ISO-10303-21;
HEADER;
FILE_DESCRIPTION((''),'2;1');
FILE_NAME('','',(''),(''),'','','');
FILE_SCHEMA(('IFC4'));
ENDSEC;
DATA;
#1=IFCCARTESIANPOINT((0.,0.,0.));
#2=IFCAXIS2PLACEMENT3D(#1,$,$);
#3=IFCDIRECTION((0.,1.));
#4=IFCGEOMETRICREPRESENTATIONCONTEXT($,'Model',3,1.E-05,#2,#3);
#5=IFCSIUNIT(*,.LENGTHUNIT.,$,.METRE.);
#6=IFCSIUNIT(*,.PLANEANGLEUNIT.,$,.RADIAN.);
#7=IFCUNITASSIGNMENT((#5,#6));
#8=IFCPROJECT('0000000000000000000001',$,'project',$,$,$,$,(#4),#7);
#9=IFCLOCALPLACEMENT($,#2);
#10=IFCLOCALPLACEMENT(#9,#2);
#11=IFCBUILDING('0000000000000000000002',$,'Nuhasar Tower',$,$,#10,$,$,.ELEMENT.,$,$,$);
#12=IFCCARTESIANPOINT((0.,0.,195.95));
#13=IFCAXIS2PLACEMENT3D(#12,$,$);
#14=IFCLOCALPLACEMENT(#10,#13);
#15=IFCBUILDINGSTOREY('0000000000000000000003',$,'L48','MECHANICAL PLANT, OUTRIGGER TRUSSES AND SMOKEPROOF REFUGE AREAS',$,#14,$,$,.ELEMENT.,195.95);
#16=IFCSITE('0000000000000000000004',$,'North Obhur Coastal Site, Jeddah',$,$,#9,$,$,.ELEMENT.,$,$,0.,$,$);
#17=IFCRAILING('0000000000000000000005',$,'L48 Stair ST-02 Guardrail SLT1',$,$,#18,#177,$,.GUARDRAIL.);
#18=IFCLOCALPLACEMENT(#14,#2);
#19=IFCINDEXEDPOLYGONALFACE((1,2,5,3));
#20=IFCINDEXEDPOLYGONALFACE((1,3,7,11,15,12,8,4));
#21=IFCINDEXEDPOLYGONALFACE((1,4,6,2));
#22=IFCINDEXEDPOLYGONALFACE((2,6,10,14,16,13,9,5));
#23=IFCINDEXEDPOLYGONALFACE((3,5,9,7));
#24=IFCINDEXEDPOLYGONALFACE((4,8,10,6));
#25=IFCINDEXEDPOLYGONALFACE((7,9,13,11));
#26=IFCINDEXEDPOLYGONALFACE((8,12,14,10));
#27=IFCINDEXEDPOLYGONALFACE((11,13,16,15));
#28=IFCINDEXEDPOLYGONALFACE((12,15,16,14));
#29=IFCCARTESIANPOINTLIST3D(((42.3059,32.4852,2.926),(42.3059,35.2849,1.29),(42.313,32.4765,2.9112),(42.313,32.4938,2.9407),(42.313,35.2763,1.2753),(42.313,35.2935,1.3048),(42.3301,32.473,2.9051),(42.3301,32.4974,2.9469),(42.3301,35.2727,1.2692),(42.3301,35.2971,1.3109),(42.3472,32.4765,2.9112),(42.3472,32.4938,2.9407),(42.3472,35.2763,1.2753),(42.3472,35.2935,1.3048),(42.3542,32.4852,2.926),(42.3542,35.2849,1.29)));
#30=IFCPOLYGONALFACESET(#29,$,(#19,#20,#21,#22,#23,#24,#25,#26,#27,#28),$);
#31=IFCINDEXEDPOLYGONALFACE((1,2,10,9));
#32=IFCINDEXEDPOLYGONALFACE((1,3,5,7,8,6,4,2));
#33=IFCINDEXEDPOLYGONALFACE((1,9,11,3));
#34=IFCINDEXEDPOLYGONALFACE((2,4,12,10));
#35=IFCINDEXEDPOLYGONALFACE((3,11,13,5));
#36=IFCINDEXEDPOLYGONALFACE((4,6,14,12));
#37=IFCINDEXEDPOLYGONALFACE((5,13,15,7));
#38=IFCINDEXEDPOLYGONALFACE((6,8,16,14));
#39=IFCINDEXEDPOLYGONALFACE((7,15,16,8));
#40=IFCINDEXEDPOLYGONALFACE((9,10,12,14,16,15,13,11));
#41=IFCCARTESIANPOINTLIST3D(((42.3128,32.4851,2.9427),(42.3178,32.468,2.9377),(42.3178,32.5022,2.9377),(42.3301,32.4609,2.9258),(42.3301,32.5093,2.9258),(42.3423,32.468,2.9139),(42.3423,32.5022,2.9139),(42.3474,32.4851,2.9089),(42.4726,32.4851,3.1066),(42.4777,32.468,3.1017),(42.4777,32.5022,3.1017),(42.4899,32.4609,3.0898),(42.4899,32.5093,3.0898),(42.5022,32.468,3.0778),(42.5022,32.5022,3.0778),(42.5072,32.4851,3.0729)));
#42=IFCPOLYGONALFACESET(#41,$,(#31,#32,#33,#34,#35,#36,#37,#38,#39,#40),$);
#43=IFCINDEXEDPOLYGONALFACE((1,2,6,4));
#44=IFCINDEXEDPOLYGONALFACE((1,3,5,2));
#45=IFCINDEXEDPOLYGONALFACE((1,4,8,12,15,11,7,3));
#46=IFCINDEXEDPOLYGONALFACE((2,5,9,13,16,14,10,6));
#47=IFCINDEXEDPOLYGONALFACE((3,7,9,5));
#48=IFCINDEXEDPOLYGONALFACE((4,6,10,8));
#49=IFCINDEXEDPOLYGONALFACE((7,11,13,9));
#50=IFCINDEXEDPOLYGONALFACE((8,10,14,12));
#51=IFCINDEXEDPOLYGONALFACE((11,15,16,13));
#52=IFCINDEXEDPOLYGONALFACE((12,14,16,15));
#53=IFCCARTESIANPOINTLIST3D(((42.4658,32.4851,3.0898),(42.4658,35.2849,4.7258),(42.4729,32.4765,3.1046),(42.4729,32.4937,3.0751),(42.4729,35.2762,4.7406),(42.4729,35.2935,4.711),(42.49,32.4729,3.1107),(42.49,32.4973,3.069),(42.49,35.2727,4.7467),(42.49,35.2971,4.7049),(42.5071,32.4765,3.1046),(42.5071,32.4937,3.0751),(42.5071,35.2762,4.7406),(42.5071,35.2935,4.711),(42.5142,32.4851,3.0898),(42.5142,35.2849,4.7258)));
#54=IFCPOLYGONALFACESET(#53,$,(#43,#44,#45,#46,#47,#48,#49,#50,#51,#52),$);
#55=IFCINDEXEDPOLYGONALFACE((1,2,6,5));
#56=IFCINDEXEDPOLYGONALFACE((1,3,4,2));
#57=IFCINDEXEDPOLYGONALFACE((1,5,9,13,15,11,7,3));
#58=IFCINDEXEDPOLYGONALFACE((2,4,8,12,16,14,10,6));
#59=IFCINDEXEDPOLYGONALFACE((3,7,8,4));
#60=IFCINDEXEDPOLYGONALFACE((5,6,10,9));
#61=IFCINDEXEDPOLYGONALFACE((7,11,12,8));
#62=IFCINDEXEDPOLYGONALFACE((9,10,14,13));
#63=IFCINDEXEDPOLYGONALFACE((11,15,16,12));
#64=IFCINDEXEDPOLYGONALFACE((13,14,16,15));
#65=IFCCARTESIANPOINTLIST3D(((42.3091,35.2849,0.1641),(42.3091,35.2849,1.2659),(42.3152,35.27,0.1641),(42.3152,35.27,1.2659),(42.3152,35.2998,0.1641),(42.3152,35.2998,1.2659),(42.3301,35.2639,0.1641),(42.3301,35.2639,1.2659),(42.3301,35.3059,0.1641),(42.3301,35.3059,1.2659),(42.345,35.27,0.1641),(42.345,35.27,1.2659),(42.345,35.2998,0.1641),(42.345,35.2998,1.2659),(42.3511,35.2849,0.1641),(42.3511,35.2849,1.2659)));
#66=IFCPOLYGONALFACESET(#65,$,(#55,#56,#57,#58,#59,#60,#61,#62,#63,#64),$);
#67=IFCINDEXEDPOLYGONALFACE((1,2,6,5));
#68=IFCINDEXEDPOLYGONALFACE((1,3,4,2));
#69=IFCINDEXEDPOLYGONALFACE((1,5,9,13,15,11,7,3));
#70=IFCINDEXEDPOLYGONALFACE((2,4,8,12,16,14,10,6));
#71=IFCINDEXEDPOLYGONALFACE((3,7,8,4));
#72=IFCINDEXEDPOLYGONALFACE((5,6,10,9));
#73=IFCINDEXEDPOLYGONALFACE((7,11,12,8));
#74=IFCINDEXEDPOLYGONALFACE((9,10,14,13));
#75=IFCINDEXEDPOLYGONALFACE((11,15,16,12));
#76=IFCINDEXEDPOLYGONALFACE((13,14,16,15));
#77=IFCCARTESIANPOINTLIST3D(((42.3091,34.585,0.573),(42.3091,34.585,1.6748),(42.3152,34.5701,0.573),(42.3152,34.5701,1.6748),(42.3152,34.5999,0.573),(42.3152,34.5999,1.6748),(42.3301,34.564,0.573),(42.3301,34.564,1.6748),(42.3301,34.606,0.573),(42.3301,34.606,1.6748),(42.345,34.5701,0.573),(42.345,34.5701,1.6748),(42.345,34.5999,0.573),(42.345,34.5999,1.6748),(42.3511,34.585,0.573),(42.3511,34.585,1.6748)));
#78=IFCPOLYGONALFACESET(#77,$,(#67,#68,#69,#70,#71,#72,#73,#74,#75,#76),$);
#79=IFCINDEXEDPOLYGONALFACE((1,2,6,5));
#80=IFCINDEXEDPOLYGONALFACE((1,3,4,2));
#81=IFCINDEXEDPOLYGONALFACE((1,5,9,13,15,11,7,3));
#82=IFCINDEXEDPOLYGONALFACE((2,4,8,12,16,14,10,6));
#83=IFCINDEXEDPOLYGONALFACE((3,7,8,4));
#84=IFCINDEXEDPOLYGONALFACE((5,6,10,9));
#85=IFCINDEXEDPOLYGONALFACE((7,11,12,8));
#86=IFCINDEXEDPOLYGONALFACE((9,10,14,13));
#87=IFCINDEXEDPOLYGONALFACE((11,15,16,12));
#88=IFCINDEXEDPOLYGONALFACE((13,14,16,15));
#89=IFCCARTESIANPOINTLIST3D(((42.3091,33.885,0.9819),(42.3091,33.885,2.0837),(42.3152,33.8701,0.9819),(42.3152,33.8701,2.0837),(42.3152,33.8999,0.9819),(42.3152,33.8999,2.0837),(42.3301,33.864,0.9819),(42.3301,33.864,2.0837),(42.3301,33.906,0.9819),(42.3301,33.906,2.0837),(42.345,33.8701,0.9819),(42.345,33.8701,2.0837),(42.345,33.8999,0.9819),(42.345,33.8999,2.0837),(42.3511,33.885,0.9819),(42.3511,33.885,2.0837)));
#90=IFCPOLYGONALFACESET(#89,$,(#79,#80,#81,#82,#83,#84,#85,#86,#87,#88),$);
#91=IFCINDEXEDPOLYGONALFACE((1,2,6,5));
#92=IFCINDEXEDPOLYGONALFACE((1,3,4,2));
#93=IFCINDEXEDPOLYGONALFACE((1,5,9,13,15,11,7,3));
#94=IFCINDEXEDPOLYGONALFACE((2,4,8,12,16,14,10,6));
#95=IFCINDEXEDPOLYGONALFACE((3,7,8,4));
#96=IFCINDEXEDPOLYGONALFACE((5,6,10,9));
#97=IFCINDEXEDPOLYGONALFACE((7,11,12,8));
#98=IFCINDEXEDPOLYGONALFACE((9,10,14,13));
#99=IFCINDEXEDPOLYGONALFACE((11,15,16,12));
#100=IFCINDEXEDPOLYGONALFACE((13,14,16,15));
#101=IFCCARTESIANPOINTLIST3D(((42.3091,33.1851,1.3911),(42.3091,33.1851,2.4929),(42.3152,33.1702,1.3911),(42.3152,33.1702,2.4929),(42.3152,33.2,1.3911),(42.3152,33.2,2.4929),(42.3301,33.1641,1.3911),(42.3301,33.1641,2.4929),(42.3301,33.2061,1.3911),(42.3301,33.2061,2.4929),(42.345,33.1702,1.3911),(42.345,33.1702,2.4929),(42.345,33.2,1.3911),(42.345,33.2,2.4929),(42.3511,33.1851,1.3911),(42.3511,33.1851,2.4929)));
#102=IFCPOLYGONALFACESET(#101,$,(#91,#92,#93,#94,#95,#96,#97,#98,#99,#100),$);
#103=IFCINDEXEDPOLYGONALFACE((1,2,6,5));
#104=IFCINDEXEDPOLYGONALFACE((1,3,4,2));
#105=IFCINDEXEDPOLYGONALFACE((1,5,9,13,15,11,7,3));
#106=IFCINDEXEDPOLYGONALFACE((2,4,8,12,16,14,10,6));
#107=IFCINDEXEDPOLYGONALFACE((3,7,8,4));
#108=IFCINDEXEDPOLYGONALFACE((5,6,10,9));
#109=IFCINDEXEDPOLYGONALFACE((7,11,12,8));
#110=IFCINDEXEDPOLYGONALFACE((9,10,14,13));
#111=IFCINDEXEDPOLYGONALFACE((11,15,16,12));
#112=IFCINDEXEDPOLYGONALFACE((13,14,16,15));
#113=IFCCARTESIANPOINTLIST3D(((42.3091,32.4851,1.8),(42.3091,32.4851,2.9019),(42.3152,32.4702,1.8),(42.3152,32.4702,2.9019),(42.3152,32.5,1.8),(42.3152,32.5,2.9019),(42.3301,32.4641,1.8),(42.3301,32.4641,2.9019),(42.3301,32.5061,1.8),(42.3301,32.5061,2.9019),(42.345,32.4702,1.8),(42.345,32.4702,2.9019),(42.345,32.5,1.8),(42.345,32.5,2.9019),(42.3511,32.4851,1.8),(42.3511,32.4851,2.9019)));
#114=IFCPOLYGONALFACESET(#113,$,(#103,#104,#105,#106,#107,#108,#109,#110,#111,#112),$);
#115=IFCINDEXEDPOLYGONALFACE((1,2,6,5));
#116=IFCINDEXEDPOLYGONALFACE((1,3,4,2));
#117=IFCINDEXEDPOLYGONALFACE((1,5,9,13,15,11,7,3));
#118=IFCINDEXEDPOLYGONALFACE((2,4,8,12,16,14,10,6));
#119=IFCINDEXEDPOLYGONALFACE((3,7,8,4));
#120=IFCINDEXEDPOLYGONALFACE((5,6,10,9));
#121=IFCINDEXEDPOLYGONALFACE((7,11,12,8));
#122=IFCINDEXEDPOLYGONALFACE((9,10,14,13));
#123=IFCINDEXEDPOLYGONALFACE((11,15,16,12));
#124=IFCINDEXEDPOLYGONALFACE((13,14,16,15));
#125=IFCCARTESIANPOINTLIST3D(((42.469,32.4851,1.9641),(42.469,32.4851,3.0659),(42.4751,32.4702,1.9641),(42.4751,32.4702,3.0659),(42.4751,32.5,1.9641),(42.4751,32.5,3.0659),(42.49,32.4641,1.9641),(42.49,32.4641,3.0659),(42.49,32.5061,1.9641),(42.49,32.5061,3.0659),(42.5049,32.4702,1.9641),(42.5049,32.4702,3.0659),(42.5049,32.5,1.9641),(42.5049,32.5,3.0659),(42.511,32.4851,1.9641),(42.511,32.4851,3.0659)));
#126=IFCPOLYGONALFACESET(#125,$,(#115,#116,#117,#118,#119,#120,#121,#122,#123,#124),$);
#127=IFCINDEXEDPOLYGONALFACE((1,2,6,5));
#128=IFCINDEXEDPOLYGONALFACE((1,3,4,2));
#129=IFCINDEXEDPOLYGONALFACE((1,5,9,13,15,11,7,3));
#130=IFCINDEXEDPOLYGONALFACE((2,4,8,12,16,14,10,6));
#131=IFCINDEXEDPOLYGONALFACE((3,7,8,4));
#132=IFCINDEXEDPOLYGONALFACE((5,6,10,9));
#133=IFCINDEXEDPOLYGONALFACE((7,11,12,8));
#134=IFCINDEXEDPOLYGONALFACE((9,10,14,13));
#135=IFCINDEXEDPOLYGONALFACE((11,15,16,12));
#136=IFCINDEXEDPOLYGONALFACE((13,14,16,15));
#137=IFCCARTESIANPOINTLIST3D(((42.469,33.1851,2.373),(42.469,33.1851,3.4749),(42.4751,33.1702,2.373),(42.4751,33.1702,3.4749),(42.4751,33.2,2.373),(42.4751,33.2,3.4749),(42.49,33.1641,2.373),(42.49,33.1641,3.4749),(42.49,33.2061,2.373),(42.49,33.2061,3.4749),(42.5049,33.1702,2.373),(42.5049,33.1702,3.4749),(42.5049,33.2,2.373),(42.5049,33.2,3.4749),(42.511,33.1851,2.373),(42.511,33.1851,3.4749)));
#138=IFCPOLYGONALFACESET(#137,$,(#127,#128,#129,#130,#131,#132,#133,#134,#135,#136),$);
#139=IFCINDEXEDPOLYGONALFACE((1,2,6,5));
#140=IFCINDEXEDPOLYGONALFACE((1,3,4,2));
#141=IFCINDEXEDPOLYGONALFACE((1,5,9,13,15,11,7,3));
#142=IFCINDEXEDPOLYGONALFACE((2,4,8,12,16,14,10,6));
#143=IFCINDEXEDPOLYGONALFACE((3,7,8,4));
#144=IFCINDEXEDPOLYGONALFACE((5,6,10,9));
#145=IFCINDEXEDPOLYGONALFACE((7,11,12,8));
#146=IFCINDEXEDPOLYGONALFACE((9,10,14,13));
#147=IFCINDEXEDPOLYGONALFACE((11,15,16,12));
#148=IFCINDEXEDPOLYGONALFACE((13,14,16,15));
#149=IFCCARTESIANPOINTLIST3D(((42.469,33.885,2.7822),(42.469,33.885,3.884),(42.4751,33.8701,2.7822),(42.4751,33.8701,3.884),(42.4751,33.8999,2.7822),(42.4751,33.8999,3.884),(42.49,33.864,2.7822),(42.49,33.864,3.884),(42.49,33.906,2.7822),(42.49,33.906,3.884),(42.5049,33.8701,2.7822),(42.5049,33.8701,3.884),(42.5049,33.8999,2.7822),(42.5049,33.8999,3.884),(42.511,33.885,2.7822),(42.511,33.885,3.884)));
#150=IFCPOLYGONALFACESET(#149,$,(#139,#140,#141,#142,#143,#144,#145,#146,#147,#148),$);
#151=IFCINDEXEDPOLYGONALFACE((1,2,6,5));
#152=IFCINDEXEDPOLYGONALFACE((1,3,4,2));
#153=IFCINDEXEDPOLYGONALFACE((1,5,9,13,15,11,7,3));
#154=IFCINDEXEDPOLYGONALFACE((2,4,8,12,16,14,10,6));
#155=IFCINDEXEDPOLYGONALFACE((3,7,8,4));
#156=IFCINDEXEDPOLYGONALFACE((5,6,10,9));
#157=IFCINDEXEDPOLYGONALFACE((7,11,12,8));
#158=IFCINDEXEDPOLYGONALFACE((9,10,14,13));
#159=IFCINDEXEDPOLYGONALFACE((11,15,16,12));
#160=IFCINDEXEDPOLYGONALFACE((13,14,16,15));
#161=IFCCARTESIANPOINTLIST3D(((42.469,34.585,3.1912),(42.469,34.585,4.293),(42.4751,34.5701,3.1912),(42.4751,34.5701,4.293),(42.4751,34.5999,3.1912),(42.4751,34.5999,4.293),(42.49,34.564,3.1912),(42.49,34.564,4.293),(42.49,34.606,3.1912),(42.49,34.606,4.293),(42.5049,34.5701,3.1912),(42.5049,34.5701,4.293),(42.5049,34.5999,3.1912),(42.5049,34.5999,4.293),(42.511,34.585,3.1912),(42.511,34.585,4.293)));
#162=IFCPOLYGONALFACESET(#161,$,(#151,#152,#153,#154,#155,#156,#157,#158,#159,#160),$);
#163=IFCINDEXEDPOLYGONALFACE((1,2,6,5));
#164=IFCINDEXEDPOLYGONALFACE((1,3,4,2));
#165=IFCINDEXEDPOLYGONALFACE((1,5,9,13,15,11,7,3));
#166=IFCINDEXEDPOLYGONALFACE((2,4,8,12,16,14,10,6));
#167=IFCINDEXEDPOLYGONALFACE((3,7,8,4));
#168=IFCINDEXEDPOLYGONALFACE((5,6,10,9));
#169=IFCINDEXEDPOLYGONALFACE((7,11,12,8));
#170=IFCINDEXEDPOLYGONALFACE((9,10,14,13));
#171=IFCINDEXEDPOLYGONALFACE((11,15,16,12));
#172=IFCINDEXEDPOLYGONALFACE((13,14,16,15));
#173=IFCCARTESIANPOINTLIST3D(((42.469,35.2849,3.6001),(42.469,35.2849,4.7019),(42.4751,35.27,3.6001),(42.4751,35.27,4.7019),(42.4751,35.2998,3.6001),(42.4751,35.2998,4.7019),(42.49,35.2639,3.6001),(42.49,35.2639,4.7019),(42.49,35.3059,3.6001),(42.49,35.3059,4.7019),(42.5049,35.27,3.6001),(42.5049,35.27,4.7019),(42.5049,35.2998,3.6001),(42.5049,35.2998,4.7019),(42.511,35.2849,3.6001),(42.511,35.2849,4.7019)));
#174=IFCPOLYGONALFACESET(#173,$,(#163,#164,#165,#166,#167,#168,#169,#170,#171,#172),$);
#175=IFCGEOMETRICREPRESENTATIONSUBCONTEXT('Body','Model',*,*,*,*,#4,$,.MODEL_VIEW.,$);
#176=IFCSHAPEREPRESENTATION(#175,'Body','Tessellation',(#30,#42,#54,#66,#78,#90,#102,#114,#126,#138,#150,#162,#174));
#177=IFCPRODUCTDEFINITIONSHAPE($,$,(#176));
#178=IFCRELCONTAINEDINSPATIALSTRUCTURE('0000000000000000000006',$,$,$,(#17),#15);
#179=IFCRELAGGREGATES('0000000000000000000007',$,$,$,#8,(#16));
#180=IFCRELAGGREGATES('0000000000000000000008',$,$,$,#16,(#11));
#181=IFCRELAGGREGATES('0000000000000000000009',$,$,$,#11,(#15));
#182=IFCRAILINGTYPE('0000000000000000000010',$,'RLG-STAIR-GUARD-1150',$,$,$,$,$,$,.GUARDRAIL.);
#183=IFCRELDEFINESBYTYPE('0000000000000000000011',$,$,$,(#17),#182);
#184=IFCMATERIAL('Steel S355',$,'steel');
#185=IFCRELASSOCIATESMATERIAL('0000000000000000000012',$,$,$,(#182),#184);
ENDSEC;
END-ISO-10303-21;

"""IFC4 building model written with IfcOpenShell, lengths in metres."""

from ifc_helpers import new_model, si_unit, direction, frame, origin, place, context, subcontext, project, spatial, polyline, outline, extrude, material, type_object, element, save


model = new_model("IFC4")

# Units and contexts
model_context = context("Model", 3, precision=1e-05, world=origin(), true_north=direction((0.0, 1.0)))
body_context = subcontext(model_context, "Body", "Model", "MODEL_VIEW")
ifc_project = project(units=[si_unit("LENGTHUNIT", "METRE"), si_unit("PLANEANGLEUNIT", "RADIAN")], contexts=[model_context])

# Site, building, storey
site_placement = place(None, origin())
site = spatial("IfcSite", under=ifc_project, at=site_placement, Name="North Obhur Coastal Site, Jeddah", CompositionType="ELEMENT", RefElevation=0.0)
building_placement = place(site_placement, origin())
building = spatial("IfcBuilding", under=site, at=building_placement, Name="Nuhasar Tower", CompositionType="ELEMENT")
storey_placement = place(building_placement, frame((0.0, 0.0, 195.95)))
storey = spatial("IfcBuildingStorey", under=building, at=storey_placement, Name="L48", Description="MECHANICAL PLANT, OUTRIGGER TRUSSES AND SMOKEPROOF REFUGE AREAS", CompositionType="ELEMENT", Elevation=195.95)

# Shared definitions
ifc_material_1 = material(Name="Steel S355", Category="steel")

# Railing
railing_type_1 = type_object("IfcRailingType", Name="RLG-STAIR-GUARD-1150", PredefinedType="GUARDRAIL", material=ifc_material_1)
railing_1_placement = place(storey_placement, frame((42.3301, 35.2849, 0.1641)))
element("IfcRailing", 1, at=railing_1_placement, inside=storey, type_object=railing_type_1, Name="L48 Stair ST-02 Guardrail SLT1", PredefinedType="GUARDRAIL", context=body_context, shape_type="SweptSolid", body=[
    extrude(outline(polyline([(0.0242, 0.0), (0.0171, 0.0171), (0.0, 0.0242), (-0.0171, 0.0171), (-0.0242, 0.0), (-0.0171, -0.0171), (0.0, -0.0242), (0.0171, -0.0171), (0.0242, 0.0)])), frame((0.0, 0.0, 1.126), z_axis=(0.0, -0.863407, 0.504508), x_axis=(1.0, 0.0, 0.0)), (0.0, 0.0, 1.0), 3.2427),
    extrude(outline(polyline([(0.0242, 0.0), (0.0171, 0.0171), (0.0, 0.0242), (-0.0171, 0.0171), (-0.0242, 0.0), (-0.0171, -0.0171), (0.0, -0.0242), (0.0171, -0.0171), (0.0242, 0.0)])), frame((0.0, -2.7998, 2.7617), z_axis=(0.697991, 0.0, 0.716107), x_axis=(0.0, 1.0, 0.0)), (0.0, 0.0, 1.0), 0.229),
    extrude(outline(polyline([(0.0242, 0.0), (0.0171, 0.0171), (0.0, 0.0242), (-0.0171, 0.0171), (-0.0242, 0.0), (-0.0171, -0.0171), (0.0, -0.0242), (0.0171, -0.0171), (0.0242, 0.0)])), frame((0.1599, -2.7998, 2.9258), z_axis=(0.0, 0.863407, 0.504508), x_axis=(-1.0, 0.0, 0.0)), (0.0, 0.0, 1.0), 3.2427),
    extrude(outline(polyline([(0.021, 0.0), (0.0149, 0.0149), (0.0, 0.021), (-0.0149, 0.0149), (-0.021, 0.0), (-0.0149, -0.0149), (0.0, -0.021), (0.0149, -0.0149), (0.021, 0.0)])), origin(), (0.0, 0.0, 1.0), 1.1018),
    extrude(outline(polyline([(0.021, 0.0), (0.0149, 0.0149), (0.0, 0.021), (-0.0149, 0.0149), (-0.021, 0.0), (-0.0149, -0.0149), (0.0, -0.021), (0.0149, -0.0149), (0.021, 0.0)])), frame((0.0, -0.7, 0.4089)), (0.0, 0.0, 1.0), 1.1018),
    extrude(outline(polyline([(0.021, 0.0), (0.0149, 0.0149), (0.0, 0.021), (-0.0149, 0.0149), (-0.021, 0.0), (-0.0149, -0.0149), (0.0, -0.021), (0.0149, -0.0149), (0.021, 0.0)])), frame((0.0, -1.3999, 0.8179)), (0.0, 0.0, 1.0), 1.1018),
    extrude(outline(polyline([(0.021, 0.0), (0.0149, 0.0149), (0.0, 0.021), (-0.0149, 0.0149), (-0.021, 0.0), (-0.0149, -0.0149), (0.0, -0.021), (0.0149, -0.0149), (0.021, 0.0)])), frame((0.0, -2.0999, 1.2271)), (0.0, 0.0, 1.0), 1.1018),
    extrude(outline(polyline([(0.021, 0.0), (0.0149, 0.0149), (0.0, 0.021), (-0.0149, 0.0149), (-0.021, 0.0), (-0.0149, -0.0149), (0.0, -0.021), (0.0149, -0.0149), (0.021, 0.0)])), frame((0.0, -2.7998, 1.636)), (0.0, 0.0, 1.0), 1.1018),
    extrude(outline(polyline([(0.021, 0.0), (0.0149, 0.0149), (0.0, 0.021), (-0.0149, 0.0149), (-0.021, 0.0), (-0.0149, -0.0149), (0.0, -0.021), (0.0149, -0.0149), (0.021, 0.0)])), frame((0.1599, -2.7998, 1.8)), (0.0, 0.0, 1.0), 1.1018),
    extrude(outline(polyline([(0.021, 0.0), (0.0149, 0.0149), (0.0, 0.021), (-0.0149, 0.0149), (-0.021, 0.0), (-0.0149, -0.0149), (0.0, -0.021), (0.0149, -0.0149), (0.021, 0.0)])), frame((0.1599, -2.0999, 2.209)), (0.0, 0.0, 1.0), 1.1018),
    extrude(outline(polyline([(0.021, 0.0), (0.0149, 0.0149), (0.0, 0.021), (-0.0149, 0.0149), (-0.021, 0.0), (-0.0149, -0.0149), (0.0, -0.021), (0.0149, -0.0149), (0.021, 0.0)])), frame((0.1599, -1.3999, 2.6182)), (0.0, 0.0, 1.0), 1.1018),
    extrude(outline(polyline([(0.021, 0.0), (0.0149, 0.0149), (0.0, 0.021), (-0.0149, 0.0149), (-0.021, 0.0), (-0.0149, -0.0149), (0.0, -0.021), (0.0149, -0.0149), (0.021, 0.0)])), frame((0.1599, -0.7, 3.0271)), (0.0, 0.0, 1.0), 1.1018),
    extrude(outline(polyline([(0.021, 0.0), (0.0149, 0.0149), (0.0, 0.021), (-0.0149, 0.0149), (-0.021, 0.0), (-0.0149, -0.0149), (0.0, -0.021), (0.0149, -0.0149), (0.021, 0.0)])), frame((0.1599, 0.0, 3.436)), (0.0, 0.0, 1.0), 1.1018),
])

save(model, "model.ifc")
